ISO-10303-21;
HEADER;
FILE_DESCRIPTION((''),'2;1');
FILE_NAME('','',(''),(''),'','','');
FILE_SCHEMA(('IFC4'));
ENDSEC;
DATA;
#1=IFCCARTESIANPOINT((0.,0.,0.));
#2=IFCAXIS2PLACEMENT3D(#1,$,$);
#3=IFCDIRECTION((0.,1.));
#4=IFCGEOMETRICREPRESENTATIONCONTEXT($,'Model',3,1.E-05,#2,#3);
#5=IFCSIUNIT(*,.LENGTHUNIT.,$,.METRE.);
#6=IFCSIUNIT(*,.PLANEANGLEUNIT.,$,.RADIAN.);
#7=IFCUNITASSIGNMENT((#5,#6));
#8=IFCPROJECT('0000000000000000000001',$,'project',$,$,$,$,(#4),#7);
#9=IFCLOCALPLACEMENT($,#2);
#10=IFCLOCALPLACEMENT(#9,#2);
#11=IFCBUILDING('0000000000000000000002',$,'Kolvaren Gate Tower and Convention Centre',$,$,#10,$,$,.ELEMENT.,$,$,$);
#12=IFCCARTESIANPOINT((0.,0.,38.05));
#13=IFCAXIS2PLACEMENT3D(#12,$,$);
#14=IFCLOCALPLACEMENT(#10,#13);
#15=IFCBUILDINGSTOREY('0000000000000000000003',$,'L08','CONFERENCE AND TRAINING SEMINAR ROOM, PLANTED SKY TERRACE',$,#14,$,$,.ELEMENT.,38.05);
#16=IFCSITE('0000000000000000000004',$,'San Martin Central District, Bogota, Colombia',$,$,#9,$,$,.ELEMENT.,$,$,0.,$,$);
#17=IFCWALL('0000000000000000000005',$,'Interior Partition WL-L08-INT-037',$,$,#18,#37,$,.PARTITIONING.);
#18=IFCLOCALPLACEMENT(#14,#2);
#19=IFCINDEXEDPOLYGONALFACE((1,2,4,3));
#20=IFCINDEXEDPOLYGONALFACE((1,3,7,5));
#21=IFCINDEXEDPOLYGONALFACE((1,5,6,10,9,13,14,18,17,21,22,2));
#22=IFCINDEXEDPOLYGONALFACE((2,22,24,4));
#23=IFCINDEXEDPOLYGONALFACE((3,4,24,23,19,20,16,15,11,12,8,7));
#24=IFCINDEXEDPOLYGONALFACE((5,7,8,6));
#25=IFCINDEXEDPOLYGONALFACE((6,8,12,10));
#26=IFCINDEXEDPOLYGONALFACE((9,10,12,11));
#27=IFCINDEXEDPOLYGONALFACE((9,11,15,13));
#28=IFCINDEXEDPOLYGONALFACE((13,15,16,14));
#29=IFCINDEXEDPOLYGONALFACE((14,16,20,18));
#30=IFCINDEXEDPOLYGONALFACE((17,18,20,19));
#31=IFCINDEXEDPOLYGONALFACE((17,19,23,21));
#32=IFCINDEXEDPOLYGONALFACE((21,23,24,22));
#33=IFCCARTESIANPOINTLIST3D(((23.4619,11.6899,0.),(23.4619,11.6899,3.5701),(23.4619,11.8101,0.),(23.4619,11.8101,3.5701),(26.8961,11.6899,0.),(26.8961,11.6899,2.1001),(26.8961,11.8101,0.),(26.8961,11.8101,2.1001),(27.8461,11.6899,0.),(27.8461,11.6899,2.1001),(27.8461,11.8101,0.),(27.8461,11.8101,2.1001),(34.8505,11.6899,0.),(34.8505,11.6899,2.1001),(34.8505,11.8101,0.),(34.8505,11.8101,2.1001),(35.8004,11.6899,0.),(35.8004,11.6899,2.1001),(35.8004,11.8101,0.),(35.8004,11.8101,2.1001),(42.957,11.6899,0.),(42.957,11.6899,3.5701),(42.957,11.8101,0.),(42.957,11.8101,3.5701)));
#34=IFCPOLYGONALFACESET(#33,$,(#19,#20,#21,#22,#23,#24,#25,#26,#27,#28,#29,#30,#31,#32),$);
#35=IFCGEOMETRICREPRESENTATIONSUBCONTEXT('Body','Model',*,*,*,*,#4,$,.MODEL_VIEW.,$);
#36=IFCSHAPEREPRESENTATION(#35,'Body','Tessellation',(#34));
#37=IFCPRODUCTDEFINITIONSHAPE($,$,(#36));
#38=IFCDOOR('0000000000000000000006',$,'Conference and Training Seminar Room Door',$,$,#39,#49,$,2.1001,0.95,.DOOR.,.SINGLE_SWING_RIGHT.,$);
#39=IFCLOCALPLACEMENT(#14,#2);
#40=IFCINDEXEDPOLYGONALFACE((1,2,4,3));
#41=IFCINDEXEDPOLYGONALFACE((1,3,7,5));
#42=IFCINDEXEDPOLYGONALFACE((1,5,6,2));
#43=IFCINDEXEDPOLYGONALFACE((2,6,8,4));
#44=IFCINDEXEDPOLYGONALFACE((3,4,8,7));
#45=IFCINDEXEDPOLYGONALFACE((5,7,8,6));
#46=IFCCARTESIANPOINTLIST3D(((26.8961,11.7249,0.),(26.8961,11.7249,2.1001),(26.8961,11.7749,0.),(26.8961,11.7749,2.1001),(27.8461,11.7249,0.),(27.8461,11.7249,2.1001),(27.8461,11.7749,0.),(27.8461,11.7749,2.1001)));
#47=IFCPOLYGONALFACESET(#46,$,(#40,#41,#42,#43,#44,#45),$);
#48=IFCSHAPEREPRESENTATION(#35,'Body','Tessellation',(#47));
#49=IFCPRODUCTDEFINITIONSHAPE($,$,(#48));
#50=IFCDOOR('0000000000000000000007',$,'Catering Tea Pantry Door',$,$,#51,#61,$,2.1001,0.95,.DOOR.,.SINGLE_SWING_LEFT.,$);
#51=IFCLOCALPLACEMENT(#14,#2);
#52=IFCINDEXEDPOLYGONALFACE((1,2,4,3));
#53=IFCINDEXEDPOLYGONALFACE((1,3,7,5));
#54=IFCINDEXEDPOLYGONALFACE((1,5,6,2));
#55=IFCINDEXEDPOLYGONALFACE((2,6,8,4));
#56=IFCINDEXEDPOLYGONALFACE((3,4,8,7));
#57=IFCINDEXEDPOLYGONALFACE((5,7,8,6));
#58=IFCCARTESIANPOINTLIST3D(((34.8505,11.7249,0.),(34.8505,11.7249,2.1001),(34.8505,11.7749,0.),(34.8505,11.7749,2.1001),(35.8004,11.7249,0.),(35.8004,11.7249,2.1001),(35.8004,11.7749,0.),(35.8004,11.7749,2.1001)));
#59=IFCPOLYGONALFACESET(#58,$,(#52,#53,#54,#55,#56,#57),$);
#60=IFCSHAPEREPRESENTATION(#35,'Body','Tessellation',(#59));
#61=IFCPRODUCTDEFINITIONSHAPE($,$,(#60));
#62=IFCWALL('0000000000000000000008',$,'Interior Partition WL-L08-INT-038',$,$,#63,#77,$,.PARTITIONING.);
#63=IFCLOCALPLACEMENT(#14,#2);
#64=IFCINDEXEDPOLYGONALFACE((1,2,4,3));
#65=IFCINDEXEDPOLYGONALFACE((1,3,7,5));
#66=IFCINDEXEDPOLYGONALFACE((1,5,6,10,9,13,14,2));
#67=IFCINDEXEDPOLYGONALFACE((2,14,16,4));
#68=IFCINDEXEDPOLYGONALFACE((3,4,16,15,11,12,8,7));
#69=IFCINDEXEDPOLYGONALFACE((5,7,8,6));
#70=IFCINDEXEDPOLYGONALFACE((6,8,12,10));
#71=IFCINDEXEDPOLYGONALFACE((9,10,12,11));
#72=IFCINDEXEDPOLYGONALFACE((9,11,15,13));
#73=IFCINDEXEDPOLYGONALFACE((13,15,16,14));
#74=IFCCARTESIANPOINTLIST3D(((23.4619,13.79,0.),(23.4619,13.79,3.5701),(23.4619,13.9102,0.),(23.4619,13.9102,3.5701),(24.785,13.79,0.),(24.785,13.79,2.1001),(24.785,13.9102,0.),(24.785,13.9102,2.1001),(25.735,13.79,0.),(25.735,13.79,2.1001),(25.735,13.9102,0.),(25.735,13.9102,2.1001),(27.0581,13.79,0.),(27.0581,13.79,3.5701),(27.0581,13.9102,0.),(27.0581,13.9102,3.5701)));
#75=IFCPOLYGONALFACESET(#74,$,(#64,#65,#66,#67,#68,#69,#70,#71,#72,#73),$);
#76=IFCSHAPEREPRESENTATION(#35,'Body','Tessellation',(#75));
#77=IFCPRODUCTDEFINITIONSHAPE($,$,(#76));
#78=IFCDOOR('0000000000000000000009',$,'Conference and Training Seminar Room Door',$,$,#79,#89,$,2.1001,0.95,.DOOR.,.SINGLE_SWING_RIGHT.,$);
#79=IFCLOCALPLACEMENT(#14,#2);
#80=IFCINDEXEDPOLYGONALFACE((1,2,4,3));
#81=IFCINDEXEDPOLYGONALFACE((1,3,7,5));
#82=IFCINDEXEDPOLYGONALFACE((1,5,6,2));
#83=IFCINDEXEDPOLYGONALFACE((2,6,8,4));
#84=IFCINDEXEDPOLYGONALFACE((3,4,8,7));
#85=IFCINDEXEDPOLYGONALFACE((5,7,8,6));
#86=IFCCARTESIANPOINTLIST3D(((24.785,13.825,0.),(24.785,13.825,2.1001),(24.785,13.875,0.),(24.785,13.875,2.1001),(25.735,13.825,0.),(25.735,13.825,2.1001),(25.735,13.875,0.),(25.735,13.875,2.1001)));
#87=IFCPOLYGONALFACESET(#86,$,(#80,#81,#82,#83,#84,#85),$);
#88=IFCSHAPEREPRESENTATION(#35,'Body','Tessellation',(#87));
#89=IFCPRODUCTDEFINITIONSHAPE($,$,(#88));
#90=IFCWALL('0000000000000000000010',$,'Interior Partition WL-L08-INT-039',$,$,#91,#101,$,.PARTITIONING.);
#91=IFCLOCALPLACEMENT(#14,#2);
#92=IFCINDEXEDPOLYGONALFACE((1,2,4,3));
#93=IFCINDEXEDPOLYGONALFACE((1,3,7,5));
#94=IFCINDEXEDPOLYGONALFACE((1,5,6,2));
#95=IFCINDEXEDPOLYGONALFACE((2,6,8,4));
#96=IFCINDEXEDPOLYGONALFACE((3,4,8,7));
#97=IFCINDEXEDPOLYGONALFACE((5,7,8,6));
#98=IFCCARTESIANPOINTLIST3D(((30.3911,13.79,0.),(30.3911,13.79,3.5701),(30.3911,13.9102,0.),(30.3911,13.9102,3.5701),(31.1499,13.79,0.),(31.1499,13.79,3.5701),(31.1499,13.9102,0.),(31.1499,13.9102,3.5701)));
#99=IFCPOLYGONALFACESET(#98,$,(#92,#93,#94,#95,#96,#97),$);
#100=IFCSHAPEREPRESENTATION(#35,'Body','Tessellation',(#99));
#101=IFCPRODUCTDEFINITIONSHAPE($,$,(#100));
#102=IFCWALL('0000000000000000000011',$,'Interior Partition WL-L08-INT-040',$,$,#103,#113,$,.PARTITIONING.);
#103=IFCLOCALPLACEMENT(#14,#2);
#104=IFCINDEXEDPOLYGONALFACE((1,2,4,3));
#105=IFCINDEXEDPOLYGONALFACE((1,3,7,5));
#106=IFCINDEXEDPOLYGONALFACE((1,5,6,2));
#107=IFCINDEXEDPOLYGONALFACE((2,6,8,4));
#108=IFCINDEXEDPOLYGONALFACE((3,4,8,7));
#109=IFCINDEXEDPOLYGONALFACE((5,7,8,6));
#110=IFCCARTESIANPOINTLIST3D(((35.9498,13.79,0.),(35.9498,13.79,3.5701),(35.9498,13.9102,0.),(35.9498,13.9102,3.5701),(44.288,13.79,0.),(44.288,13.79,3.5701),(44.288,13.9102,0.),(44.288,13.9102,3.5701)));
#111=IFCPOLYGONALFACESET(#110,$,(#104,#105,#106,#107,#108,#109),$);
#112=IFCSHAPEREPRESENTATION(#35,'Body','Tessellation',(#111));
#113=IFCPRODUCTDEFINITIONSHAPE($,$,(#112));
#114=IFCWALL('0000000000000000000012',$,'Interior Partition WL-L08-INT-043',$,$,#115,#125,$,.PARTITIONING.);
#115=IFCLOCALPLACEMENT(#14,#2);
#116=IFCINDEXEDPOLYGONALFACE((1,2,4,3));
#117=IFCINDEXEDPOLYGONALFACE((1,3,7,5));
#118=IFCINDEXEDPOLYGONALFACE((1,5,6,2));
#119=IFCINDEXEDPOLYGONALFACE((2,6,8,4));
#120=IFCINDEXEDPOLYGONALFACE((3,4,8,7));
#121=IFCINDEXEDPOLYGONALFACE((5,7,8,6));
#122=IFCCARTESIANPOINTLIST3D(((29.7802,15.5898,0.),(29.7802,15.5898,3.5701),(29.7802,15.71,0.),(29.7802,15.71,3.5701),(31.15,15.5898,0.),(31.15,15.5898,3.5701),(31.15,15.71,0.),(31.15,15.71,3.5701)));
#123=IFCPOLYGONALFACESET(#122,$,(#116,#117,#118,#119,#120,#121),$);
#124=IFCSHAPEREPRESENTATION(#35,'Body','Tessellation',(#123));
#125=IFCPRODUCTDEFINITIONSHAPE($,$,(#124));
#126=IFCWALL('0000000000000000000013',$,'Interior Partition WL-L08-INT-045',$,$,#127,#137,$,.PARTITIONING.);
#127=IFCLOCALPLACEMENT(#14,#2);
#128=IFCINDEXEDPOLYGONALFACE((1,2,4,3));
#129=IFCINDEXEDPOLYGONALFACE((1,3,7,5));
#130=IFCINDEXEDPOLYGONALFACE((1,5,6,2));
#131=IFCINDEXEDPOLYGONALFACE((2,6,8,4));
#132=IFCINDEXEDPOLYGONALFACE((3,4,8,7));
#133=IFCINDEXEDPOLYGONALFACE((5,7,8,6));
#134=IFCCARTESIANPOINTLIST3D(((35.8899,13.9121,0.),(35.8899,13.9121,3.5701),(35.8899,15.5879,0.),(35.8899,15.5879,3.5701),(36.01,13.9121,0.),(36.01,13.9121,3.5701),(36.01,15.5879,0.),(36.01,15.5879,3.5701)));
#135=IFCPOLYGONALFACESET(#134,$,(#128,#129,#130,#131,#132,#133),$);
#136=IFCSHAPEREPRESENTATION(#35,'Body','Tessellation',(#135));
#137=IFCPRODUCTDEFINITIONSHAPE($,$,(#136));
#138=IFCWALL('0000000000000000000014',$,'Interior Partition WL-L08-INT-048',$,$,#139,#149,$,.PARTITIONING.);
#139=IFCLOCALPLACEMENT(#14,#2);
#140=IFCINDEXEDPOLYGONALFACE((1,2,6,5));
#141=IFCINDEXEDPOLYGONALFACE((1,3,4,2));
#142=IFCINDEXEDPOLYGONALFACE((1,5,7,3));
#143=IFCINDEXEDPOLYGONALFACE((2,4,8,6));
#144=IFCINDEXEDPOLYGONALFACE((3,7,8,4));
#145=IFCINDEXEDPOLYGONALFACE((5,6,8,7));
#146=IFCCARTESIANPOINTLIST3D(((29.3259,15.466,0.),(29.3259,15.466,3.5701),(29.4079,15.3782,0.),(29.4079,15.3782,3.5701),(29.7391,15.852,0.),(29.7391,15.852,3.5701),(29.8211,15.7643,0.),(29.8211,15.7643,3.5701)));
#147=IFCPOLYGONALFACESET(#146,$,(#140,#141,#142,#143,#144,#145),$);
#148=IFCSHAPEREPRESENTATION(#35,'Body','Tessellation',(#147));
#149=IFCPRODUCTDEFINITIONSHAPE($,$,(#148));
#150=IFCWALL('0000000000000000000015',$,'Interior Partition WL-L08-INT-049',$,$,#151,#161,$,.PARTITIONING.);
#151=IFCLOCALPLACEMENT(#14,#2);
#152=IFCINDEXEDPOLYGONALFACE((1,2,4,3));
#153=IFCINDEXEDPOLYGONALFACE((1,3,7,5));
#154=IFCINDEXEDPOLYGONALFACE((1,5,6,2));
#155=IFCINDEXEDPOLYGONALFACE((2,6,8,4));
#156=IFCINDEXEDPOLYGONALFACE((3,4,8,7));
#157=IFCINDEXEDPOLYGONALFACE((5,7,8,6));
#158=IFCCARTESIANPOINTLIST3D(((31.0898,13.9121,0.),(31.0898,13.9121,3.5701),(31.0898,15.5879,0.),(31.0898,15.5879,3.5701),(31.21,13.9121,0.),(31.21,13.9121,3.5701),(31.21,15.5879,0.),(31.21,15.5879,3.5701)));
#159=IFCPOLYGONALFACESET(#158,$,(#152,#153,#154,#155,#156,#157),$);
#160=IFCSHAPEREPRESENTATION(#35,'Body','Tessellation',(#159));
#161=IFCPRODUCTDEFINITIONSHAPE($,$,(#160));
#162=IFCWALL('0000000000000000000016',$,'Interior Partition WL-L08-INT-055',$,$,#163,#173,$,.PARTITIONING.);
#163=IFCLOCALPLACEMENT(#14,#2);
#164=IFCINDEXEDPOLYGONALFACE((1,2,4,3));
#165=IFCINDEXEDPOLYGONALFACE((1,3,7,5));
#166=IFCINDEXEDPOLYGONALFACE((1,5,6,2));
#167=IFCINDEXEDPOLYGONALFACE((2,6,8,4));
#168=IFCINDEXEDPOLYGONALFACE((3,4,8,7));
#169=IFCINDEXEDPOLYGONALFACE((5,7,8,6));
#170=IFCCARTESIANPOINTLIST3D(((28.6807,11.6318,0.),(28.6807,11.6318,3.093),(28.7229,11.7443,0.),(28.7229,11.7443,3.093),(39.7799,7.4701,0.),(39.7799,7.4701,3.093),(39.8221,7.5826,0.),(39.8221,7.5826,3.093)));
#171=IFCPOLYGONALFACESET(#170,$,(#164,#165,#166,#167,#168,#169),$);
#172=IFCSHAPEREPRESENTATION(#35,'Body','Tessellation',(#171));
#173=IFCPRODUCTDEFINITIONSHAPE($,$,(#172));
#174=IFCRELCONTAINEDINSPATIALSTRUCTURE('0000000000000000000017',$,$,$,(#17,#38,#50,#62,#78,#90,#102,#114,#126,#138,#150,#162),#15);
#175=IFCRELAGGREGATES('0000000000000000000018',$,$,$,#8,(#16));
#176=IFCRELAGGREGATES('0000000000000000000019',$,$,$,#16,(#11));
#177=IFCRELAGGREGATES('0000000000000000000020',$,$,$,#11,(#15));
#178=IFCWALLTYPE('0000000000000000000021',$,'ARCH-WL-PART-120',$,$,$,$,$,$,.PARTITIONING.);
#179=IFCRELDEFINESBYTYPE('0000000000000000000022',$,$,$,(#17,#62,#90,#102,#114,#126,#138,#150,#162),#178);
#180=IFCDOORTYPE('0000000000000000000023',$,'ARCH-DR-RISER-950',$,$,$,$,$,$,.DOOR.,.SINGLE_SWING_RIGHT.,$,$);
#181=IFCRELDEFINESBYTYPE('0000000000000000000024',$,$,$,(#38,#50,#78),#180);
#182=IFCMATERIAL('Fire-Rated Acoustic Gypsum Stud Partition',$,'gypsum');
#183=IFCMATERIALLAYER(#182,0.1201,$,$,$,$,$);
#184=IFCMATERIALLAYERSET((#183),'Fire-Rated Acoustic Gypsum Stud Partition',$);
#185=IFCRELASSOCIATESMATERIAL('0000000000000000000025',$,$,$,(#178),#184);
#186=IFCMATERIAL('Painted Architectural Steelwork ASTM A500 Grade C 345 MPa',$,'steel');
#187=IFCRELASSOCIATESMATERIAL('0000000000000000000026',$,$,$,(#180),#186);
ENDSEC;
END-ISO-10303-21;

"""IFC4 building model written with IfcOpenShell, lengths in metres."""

from ifc_helpers import new_model, si_unit, direction, frame, frame_2d, origin, place, context, subcontext, project, spatial, rectangle, extrude, material, layer, layer_set, type_object, element, fill, save


model = new_model("IFC4")

# Units and contexts
model_context = context("Model", 3, precision=1e-05, world=origin(), true_north=direction((0.0, 1.0)))
body_context = subcontext(model_context, "Body", "Model", "MODEL_VIEW")
ifc_project = project(units=[si_unit("LENGTHUNIT", "METRE"), si_unit("PLANEANGLEUNIT", "RADIAN")], contexts=[model_context])

# Site, building, storey
site_placement = place(None, origin())
site = spatial("IfcSite", under=ifc_project, at=site_placement, Name="San Martin Central District, Bogota, Colombia", CompositionType="ELEMENT", RefElevation=0.0)
building_placement = place(site_placement, origin())
building = spatial("IfcBuilding", under=site, at=building_placement, Name="Kolvaren Gate Tower and Convention Centre", CompositionType="ELEMENT")
storey_placement = place(building_placement, frame((0.0, 0.0, 38.05)))
storey = spatial("IfcBuildingStorey", under=building, at=storey_placement, Name="L08", Description="CONFERENCE AND TRAINING SEMINAR ROOM, PLANTED SKY TERRACE", CompositionType="ELEMENT", Elevation=38.05)

# Wall, openings, doors
ifc_material_1 = material(Name="Fire-Rated Acoustic Gypsum Stud Partition", Category="gypsum")
ifc_layer_1 = layer(ifc_material_1, 0.1201)
ifc_layer_set_1 = layer_set([ifc_layer_1], Name="Fire-Rated Acoustic Gypsum Stud Partition")
wall_type_1 = type_object("IfcWallType", Name="ARCH-WL-PART-120", PredefinedType="PARTITIONING", material=ifc_layer_set_1)
wall_1_placement = place(storey_placement, frame((23.4619, 11.75, 0.0), z_axis=(0.0, 0.0, 1.0), x_axis=(1.0, 0.0, 0.0)))
wall_1 = element("IfcWall", 1, at=wall_1_placement, inside=storey, type_object=wall_type_1, Name="Interior Partition WL-L08-INT-037", PredefinedType="PARTITIONING", context=body_context, shape_type="SweptSolid", body=[
    extrude(rectangle(XDim=19.4951, YDim=0.1201, at=frame_2d((9.7476, 0.0))), origin(), (0.0, 0.0, 1.0), 3.5701),
])
opening_1_placement = place(wall_1_placement, frame((3.4341, 0.0, 0.0)))
opening_1 = element("IfcOpeningElement", 2, at=opening_1_placement, cuts=wall_1, PredefinedType="OPENING", context=body_context, shape_type="SweptSolid", body=[
    extrude(rectangle(XDim=0.95, YDim=2.1001, at=frame_2d((0.4751, 1.05))), frame((0.0, 0.0701, 0.0), z_axis=(0.0, -1.0, 0.0), x_axis=(1.0, 0.0, 0.0)), (0.0, 0.0, 1.0), 0.1401),
])
opening_2_placement = place(wall_1_placement, frame((11.3884, 0.0, 0.0)))
opening_2 = element("IfcOpeningElement", 3, at=opening_2_placement, cuts=wall_1, PredefinedType="OPENING", context=body_context, shape_type="SweptSolid", body=[
    extrude(rectangle(XDim=0.95, YDim=2.1001, at=frame_2d((0.4751, 1.05))), frame((0.0, 0.0701, 0.0), z_axis=(0.0, -1.0, 0.0), x_axis=(1.0, 0.0, 0.0)), (0.0, 0.0, 1.0), 0.1401),
])
ifc_material_2 = material(Name="Painted Architectural Steelwork ASTM A500 Grade C 345 MPa", Category="steel")
door_type = type_object("IfcDoorType", Name="ARCH-DR-RISER-950", OperationType="SINGLE_SWING_RIGHT", PredefinedType="DOOR", material=ifc_material_2)
door_1_placement = place(opening_1_placement, origin())
door_1 = element("IfcDoor", 4, at=door_1_placement, inside=storey, type_object=door_type, Name="Conference and Training Seminar Room Door", OperationType="SINGLE_SWING_RIGHT", OverallHeight=2.1001, OverallWidth=0.95, PredefinedType="DOOR", context=body_context, shape_type="SweptSolid", body=[
    extrude(rectangle(XDim=0.95, YDim=2.1001, at=frame_2d((0.4751, 1.05))), frame((0.0, 0.0249, 0.0), z_axis=(0.0, -1.0, 0.0), x_axis=(1.0, 0.0, 0.0)), (0.0, 0.0, 1.0), 0.05),
])
fill(opening_1, door_1)
door_2_placement = place(opening_2_placement, origin())
door_2 = element("IfcDoor", 5, at=door_2_placement, inside=storey, type_object=door_type, Name="Catering Tea Pantry Door", OperationType="SINGLE_SWING_LEFT", OverallHeight=2.1001, OverallWidth=0.95, PredefinedType="DOOR", context=body_context, shape_type="SweptSolid", body=[
    extrude(rectangle(XDim=0.95, YDim=2.1001, at=frame_2d((0.4751, 1.05))), frame((0.0, 0.0249, 0.0), z_axis=(0.0, -1.0, 0.0), x_axis=(1.0, 0.0, 0.0)), (0.0, 0.0, 1.0), 0.05),
])
fill(opening_2, door_2)

# Wall, opening, door
wall_2_placement = place(storey_placement, frame((23.4619, 13.8501, 0.0), z_axis=(0.0, 0.0, 1.0), x_axis=(1.0, 0.0, 0.0)))
wall_2 = element("IfcWall", 6, at=wall_2_placement, inside=storey, type_object=wall_type_1, Name="Interior Partition WL-L08-INT-038", PredefinedType="PARTITIONING", context=body_context, shape_type="SweptSolid", body=[
    extrude(rectangle(XDim=3.5962, YDim=0.1201, at=frame_2d((1.7981, 0.0))), origin(), (0.0, 0.0, 1.0), 3.5701),
])
opening_3_placement = place(wall_2_placement, frame((1.323, 0.0, 0.0)))
opening_3 = element("IfcOpeningElement", 7, at=opening_3_placement, cuts=wall_2, PredefinedType="OPENING", context=body_context, shape_type="SweptSolid", body=[
    extrude(rectangle(XDim=0.95, YDim=2.1001, at=frame_2d((0.4751, 1.05))), frame((0.0, 0.0701, 0.0), z_axis=(0.0, -1.0, 0.0), x_axis=(1.0, 0.0, 0.0)), (0.0, 0.0, 1.0), 0.1401),
])
door_3_placement = place(opening_3_placement, origin())
door_3 = element("IfcDoor", 8, at=door_3_placement, inside=storey, type_object=door_type, Name="Conference and Training Seminar Room Door", OperationType="SINGLE_SWING_RIGHT", OverallHeight=2.1001, OverallWidth=0.95, PredefinedType="DOOR", context=body_context, shape_type="SweptSolid", body=[
    extrude(rectangle(XDim=0.95, YDim=2.1001, at=frame_2d((0.4751, 1.05))), frame((0.0, 0.0249, 0.0), z_axis=(0.0, -1.0, 0.0), x_axis=(1.0, 0.0, 0.0)), (0.0, 0.0, 1.0), 0.05),
])
fill(opening_3, door_3)

# Walls
wall_3_placement = place(storey_placement, frame((30.3911, 13.8501, 0.0), z_axis=(0.0, 0.0, 1.0), x_axis=(1.0, 0.0, 0.0)))
element("IfcWall", 9, at=wall_3_placement, inside=storey, type_object=wall_type_1, Name="Interior Partition WL-L08-INT-039", PredefinedType="PARTITIONING", context=body_context, shape_type="SweptSolid", body=[
    extrude(rectangle(XDim=0.7588, YDim=0.1201, at=frame_2d((0.3794, 0.0))), origin(), (0.0, 0.0, 1.0), 3.5701),
])
wall_4_placement = place(storey_placement, frame((35.95, 13.8501, 0.0), z_axis=(0.0, 0.0, 1.0), x_axis=(1.0, 0.0, 0.0)))
element("IfcWall", 10, at=wall_4_placement, inside=storey, type_object=wall_type_1, Name="Interior Partition WL-L08-INT-040", PredefinedType="PARTITIONING", context=body_context, shape_type="SweptSolid", body=[
    extrude(rectangle(XDim=8.3381, YDim=0.1201, at=frame_2d((4.1689, 0.0))), origin(), (0.0, 0.0, 1.0), 3.5701),
])
wall_5_placement = place(storey_placement, frame((29.78, 15.6499, 0.0), z_axis=(0.0, 0.0, 1.0), x_axis=(1.0, 0.0, 0.0)))
element("IfcWall", 11, at=wall_5_placement, inside=storey, type_object=wall_type_1, Name="Interior Partition WL-L08-INT-043", PredefinedType="PARTITIONING", context=body_context, shape_type="SweptSolid", body=[
    extrude(rectangle(XDim=1.3699, YDim=0.1201, at=frame_2d((0.6851, 0.0))), origin(), (0.0, 0.0, 1.0), 3.5701),
])
wall_6_placement = place(storey_placement, frame((35.95, 13.9121, 0.0), z_axis=(0.0, 0.0, 1.0), x_axis=(0.0, 1.0, 0.0)))
element("IfcWall", 12, at=wall_6_placement, inside=storey, type_object=wall_type_1, Name="Interior Partition WL-L08-INT-045", PredefinedType="PARTITIONING", context=body_context, shape_type="SweptSolid", body=[
    extrude(rectangle(XDim=1.6758, YDim=0.1201, at=frame_2d((0.8379, 0.0))), origin(), (0.0, 0.0, 1.0), 3.5701),
])
wall_7_placement = place(storey_placement, frame((29.3669, 15.4221, 0.0), z_axis=(0.0, 0.0, 1.0), x_axis=(0.730667, 0.682734, 0.0)))
element("IfcWall", 13, at=wall_7_placement, inside=storey, type_object=wall_type_1, Name="Interior Partition WL-L08-INT-048", PredefinedType="PARTITIONING", context=body_context, shape_type="SweptSolid", body=[
    extrude(rectangle(XDim=0.5654, YDim=0.1201, at=frame_2d((0.2827, 0.0))), origin(), (0.0, 0.0, 1.0), 3.5701),
])
wall_8_placement = place(storey_placement, frame((31.1499, 13.9121, 0.0), z_axis=(0.0, 0.0, 1.0), x_axis=(0.0, 1.0, 0.0)))
element("IfcWall", 14, at=wall_8_placement, inside=storey, type_object=wall_type_1, Name="Interior Partition WL-L08-INT-049", PredefinedType="PARTITIONING", context=body_context, shape_type="SweptSolid", body=[
    extrude(rectangle(XDim=1.6758, YDim=0.1201, at=frame_2d((0.8379, 0.0))), origin(), (0.0, 0.0, 1.0), 3.5701),
])
wall_9_placement = place(storey_placement, frame((28.7019, 11.688, 0.0), z_axis=(0.0, 0.0, 1.0), x_axis=(0.936344, -0.351083, 0.0)))
element("IfcWall", 15, at=wall_9_placement, inside=storey, type_object=wall_type_1, Name="Interior Partition WL-L08-INT-055", PredefinedType="PARTITIONING", context=body_context, shape_type="SweptSolid", body=[
    extrude(rectangle(XDim=11.8538, YDim=0.1201, at=frame_2d((5.9268, 0.0))), origin(), (0.0, 0.0, 1.0), 3.093),
])

save(model, "model.ifc")
